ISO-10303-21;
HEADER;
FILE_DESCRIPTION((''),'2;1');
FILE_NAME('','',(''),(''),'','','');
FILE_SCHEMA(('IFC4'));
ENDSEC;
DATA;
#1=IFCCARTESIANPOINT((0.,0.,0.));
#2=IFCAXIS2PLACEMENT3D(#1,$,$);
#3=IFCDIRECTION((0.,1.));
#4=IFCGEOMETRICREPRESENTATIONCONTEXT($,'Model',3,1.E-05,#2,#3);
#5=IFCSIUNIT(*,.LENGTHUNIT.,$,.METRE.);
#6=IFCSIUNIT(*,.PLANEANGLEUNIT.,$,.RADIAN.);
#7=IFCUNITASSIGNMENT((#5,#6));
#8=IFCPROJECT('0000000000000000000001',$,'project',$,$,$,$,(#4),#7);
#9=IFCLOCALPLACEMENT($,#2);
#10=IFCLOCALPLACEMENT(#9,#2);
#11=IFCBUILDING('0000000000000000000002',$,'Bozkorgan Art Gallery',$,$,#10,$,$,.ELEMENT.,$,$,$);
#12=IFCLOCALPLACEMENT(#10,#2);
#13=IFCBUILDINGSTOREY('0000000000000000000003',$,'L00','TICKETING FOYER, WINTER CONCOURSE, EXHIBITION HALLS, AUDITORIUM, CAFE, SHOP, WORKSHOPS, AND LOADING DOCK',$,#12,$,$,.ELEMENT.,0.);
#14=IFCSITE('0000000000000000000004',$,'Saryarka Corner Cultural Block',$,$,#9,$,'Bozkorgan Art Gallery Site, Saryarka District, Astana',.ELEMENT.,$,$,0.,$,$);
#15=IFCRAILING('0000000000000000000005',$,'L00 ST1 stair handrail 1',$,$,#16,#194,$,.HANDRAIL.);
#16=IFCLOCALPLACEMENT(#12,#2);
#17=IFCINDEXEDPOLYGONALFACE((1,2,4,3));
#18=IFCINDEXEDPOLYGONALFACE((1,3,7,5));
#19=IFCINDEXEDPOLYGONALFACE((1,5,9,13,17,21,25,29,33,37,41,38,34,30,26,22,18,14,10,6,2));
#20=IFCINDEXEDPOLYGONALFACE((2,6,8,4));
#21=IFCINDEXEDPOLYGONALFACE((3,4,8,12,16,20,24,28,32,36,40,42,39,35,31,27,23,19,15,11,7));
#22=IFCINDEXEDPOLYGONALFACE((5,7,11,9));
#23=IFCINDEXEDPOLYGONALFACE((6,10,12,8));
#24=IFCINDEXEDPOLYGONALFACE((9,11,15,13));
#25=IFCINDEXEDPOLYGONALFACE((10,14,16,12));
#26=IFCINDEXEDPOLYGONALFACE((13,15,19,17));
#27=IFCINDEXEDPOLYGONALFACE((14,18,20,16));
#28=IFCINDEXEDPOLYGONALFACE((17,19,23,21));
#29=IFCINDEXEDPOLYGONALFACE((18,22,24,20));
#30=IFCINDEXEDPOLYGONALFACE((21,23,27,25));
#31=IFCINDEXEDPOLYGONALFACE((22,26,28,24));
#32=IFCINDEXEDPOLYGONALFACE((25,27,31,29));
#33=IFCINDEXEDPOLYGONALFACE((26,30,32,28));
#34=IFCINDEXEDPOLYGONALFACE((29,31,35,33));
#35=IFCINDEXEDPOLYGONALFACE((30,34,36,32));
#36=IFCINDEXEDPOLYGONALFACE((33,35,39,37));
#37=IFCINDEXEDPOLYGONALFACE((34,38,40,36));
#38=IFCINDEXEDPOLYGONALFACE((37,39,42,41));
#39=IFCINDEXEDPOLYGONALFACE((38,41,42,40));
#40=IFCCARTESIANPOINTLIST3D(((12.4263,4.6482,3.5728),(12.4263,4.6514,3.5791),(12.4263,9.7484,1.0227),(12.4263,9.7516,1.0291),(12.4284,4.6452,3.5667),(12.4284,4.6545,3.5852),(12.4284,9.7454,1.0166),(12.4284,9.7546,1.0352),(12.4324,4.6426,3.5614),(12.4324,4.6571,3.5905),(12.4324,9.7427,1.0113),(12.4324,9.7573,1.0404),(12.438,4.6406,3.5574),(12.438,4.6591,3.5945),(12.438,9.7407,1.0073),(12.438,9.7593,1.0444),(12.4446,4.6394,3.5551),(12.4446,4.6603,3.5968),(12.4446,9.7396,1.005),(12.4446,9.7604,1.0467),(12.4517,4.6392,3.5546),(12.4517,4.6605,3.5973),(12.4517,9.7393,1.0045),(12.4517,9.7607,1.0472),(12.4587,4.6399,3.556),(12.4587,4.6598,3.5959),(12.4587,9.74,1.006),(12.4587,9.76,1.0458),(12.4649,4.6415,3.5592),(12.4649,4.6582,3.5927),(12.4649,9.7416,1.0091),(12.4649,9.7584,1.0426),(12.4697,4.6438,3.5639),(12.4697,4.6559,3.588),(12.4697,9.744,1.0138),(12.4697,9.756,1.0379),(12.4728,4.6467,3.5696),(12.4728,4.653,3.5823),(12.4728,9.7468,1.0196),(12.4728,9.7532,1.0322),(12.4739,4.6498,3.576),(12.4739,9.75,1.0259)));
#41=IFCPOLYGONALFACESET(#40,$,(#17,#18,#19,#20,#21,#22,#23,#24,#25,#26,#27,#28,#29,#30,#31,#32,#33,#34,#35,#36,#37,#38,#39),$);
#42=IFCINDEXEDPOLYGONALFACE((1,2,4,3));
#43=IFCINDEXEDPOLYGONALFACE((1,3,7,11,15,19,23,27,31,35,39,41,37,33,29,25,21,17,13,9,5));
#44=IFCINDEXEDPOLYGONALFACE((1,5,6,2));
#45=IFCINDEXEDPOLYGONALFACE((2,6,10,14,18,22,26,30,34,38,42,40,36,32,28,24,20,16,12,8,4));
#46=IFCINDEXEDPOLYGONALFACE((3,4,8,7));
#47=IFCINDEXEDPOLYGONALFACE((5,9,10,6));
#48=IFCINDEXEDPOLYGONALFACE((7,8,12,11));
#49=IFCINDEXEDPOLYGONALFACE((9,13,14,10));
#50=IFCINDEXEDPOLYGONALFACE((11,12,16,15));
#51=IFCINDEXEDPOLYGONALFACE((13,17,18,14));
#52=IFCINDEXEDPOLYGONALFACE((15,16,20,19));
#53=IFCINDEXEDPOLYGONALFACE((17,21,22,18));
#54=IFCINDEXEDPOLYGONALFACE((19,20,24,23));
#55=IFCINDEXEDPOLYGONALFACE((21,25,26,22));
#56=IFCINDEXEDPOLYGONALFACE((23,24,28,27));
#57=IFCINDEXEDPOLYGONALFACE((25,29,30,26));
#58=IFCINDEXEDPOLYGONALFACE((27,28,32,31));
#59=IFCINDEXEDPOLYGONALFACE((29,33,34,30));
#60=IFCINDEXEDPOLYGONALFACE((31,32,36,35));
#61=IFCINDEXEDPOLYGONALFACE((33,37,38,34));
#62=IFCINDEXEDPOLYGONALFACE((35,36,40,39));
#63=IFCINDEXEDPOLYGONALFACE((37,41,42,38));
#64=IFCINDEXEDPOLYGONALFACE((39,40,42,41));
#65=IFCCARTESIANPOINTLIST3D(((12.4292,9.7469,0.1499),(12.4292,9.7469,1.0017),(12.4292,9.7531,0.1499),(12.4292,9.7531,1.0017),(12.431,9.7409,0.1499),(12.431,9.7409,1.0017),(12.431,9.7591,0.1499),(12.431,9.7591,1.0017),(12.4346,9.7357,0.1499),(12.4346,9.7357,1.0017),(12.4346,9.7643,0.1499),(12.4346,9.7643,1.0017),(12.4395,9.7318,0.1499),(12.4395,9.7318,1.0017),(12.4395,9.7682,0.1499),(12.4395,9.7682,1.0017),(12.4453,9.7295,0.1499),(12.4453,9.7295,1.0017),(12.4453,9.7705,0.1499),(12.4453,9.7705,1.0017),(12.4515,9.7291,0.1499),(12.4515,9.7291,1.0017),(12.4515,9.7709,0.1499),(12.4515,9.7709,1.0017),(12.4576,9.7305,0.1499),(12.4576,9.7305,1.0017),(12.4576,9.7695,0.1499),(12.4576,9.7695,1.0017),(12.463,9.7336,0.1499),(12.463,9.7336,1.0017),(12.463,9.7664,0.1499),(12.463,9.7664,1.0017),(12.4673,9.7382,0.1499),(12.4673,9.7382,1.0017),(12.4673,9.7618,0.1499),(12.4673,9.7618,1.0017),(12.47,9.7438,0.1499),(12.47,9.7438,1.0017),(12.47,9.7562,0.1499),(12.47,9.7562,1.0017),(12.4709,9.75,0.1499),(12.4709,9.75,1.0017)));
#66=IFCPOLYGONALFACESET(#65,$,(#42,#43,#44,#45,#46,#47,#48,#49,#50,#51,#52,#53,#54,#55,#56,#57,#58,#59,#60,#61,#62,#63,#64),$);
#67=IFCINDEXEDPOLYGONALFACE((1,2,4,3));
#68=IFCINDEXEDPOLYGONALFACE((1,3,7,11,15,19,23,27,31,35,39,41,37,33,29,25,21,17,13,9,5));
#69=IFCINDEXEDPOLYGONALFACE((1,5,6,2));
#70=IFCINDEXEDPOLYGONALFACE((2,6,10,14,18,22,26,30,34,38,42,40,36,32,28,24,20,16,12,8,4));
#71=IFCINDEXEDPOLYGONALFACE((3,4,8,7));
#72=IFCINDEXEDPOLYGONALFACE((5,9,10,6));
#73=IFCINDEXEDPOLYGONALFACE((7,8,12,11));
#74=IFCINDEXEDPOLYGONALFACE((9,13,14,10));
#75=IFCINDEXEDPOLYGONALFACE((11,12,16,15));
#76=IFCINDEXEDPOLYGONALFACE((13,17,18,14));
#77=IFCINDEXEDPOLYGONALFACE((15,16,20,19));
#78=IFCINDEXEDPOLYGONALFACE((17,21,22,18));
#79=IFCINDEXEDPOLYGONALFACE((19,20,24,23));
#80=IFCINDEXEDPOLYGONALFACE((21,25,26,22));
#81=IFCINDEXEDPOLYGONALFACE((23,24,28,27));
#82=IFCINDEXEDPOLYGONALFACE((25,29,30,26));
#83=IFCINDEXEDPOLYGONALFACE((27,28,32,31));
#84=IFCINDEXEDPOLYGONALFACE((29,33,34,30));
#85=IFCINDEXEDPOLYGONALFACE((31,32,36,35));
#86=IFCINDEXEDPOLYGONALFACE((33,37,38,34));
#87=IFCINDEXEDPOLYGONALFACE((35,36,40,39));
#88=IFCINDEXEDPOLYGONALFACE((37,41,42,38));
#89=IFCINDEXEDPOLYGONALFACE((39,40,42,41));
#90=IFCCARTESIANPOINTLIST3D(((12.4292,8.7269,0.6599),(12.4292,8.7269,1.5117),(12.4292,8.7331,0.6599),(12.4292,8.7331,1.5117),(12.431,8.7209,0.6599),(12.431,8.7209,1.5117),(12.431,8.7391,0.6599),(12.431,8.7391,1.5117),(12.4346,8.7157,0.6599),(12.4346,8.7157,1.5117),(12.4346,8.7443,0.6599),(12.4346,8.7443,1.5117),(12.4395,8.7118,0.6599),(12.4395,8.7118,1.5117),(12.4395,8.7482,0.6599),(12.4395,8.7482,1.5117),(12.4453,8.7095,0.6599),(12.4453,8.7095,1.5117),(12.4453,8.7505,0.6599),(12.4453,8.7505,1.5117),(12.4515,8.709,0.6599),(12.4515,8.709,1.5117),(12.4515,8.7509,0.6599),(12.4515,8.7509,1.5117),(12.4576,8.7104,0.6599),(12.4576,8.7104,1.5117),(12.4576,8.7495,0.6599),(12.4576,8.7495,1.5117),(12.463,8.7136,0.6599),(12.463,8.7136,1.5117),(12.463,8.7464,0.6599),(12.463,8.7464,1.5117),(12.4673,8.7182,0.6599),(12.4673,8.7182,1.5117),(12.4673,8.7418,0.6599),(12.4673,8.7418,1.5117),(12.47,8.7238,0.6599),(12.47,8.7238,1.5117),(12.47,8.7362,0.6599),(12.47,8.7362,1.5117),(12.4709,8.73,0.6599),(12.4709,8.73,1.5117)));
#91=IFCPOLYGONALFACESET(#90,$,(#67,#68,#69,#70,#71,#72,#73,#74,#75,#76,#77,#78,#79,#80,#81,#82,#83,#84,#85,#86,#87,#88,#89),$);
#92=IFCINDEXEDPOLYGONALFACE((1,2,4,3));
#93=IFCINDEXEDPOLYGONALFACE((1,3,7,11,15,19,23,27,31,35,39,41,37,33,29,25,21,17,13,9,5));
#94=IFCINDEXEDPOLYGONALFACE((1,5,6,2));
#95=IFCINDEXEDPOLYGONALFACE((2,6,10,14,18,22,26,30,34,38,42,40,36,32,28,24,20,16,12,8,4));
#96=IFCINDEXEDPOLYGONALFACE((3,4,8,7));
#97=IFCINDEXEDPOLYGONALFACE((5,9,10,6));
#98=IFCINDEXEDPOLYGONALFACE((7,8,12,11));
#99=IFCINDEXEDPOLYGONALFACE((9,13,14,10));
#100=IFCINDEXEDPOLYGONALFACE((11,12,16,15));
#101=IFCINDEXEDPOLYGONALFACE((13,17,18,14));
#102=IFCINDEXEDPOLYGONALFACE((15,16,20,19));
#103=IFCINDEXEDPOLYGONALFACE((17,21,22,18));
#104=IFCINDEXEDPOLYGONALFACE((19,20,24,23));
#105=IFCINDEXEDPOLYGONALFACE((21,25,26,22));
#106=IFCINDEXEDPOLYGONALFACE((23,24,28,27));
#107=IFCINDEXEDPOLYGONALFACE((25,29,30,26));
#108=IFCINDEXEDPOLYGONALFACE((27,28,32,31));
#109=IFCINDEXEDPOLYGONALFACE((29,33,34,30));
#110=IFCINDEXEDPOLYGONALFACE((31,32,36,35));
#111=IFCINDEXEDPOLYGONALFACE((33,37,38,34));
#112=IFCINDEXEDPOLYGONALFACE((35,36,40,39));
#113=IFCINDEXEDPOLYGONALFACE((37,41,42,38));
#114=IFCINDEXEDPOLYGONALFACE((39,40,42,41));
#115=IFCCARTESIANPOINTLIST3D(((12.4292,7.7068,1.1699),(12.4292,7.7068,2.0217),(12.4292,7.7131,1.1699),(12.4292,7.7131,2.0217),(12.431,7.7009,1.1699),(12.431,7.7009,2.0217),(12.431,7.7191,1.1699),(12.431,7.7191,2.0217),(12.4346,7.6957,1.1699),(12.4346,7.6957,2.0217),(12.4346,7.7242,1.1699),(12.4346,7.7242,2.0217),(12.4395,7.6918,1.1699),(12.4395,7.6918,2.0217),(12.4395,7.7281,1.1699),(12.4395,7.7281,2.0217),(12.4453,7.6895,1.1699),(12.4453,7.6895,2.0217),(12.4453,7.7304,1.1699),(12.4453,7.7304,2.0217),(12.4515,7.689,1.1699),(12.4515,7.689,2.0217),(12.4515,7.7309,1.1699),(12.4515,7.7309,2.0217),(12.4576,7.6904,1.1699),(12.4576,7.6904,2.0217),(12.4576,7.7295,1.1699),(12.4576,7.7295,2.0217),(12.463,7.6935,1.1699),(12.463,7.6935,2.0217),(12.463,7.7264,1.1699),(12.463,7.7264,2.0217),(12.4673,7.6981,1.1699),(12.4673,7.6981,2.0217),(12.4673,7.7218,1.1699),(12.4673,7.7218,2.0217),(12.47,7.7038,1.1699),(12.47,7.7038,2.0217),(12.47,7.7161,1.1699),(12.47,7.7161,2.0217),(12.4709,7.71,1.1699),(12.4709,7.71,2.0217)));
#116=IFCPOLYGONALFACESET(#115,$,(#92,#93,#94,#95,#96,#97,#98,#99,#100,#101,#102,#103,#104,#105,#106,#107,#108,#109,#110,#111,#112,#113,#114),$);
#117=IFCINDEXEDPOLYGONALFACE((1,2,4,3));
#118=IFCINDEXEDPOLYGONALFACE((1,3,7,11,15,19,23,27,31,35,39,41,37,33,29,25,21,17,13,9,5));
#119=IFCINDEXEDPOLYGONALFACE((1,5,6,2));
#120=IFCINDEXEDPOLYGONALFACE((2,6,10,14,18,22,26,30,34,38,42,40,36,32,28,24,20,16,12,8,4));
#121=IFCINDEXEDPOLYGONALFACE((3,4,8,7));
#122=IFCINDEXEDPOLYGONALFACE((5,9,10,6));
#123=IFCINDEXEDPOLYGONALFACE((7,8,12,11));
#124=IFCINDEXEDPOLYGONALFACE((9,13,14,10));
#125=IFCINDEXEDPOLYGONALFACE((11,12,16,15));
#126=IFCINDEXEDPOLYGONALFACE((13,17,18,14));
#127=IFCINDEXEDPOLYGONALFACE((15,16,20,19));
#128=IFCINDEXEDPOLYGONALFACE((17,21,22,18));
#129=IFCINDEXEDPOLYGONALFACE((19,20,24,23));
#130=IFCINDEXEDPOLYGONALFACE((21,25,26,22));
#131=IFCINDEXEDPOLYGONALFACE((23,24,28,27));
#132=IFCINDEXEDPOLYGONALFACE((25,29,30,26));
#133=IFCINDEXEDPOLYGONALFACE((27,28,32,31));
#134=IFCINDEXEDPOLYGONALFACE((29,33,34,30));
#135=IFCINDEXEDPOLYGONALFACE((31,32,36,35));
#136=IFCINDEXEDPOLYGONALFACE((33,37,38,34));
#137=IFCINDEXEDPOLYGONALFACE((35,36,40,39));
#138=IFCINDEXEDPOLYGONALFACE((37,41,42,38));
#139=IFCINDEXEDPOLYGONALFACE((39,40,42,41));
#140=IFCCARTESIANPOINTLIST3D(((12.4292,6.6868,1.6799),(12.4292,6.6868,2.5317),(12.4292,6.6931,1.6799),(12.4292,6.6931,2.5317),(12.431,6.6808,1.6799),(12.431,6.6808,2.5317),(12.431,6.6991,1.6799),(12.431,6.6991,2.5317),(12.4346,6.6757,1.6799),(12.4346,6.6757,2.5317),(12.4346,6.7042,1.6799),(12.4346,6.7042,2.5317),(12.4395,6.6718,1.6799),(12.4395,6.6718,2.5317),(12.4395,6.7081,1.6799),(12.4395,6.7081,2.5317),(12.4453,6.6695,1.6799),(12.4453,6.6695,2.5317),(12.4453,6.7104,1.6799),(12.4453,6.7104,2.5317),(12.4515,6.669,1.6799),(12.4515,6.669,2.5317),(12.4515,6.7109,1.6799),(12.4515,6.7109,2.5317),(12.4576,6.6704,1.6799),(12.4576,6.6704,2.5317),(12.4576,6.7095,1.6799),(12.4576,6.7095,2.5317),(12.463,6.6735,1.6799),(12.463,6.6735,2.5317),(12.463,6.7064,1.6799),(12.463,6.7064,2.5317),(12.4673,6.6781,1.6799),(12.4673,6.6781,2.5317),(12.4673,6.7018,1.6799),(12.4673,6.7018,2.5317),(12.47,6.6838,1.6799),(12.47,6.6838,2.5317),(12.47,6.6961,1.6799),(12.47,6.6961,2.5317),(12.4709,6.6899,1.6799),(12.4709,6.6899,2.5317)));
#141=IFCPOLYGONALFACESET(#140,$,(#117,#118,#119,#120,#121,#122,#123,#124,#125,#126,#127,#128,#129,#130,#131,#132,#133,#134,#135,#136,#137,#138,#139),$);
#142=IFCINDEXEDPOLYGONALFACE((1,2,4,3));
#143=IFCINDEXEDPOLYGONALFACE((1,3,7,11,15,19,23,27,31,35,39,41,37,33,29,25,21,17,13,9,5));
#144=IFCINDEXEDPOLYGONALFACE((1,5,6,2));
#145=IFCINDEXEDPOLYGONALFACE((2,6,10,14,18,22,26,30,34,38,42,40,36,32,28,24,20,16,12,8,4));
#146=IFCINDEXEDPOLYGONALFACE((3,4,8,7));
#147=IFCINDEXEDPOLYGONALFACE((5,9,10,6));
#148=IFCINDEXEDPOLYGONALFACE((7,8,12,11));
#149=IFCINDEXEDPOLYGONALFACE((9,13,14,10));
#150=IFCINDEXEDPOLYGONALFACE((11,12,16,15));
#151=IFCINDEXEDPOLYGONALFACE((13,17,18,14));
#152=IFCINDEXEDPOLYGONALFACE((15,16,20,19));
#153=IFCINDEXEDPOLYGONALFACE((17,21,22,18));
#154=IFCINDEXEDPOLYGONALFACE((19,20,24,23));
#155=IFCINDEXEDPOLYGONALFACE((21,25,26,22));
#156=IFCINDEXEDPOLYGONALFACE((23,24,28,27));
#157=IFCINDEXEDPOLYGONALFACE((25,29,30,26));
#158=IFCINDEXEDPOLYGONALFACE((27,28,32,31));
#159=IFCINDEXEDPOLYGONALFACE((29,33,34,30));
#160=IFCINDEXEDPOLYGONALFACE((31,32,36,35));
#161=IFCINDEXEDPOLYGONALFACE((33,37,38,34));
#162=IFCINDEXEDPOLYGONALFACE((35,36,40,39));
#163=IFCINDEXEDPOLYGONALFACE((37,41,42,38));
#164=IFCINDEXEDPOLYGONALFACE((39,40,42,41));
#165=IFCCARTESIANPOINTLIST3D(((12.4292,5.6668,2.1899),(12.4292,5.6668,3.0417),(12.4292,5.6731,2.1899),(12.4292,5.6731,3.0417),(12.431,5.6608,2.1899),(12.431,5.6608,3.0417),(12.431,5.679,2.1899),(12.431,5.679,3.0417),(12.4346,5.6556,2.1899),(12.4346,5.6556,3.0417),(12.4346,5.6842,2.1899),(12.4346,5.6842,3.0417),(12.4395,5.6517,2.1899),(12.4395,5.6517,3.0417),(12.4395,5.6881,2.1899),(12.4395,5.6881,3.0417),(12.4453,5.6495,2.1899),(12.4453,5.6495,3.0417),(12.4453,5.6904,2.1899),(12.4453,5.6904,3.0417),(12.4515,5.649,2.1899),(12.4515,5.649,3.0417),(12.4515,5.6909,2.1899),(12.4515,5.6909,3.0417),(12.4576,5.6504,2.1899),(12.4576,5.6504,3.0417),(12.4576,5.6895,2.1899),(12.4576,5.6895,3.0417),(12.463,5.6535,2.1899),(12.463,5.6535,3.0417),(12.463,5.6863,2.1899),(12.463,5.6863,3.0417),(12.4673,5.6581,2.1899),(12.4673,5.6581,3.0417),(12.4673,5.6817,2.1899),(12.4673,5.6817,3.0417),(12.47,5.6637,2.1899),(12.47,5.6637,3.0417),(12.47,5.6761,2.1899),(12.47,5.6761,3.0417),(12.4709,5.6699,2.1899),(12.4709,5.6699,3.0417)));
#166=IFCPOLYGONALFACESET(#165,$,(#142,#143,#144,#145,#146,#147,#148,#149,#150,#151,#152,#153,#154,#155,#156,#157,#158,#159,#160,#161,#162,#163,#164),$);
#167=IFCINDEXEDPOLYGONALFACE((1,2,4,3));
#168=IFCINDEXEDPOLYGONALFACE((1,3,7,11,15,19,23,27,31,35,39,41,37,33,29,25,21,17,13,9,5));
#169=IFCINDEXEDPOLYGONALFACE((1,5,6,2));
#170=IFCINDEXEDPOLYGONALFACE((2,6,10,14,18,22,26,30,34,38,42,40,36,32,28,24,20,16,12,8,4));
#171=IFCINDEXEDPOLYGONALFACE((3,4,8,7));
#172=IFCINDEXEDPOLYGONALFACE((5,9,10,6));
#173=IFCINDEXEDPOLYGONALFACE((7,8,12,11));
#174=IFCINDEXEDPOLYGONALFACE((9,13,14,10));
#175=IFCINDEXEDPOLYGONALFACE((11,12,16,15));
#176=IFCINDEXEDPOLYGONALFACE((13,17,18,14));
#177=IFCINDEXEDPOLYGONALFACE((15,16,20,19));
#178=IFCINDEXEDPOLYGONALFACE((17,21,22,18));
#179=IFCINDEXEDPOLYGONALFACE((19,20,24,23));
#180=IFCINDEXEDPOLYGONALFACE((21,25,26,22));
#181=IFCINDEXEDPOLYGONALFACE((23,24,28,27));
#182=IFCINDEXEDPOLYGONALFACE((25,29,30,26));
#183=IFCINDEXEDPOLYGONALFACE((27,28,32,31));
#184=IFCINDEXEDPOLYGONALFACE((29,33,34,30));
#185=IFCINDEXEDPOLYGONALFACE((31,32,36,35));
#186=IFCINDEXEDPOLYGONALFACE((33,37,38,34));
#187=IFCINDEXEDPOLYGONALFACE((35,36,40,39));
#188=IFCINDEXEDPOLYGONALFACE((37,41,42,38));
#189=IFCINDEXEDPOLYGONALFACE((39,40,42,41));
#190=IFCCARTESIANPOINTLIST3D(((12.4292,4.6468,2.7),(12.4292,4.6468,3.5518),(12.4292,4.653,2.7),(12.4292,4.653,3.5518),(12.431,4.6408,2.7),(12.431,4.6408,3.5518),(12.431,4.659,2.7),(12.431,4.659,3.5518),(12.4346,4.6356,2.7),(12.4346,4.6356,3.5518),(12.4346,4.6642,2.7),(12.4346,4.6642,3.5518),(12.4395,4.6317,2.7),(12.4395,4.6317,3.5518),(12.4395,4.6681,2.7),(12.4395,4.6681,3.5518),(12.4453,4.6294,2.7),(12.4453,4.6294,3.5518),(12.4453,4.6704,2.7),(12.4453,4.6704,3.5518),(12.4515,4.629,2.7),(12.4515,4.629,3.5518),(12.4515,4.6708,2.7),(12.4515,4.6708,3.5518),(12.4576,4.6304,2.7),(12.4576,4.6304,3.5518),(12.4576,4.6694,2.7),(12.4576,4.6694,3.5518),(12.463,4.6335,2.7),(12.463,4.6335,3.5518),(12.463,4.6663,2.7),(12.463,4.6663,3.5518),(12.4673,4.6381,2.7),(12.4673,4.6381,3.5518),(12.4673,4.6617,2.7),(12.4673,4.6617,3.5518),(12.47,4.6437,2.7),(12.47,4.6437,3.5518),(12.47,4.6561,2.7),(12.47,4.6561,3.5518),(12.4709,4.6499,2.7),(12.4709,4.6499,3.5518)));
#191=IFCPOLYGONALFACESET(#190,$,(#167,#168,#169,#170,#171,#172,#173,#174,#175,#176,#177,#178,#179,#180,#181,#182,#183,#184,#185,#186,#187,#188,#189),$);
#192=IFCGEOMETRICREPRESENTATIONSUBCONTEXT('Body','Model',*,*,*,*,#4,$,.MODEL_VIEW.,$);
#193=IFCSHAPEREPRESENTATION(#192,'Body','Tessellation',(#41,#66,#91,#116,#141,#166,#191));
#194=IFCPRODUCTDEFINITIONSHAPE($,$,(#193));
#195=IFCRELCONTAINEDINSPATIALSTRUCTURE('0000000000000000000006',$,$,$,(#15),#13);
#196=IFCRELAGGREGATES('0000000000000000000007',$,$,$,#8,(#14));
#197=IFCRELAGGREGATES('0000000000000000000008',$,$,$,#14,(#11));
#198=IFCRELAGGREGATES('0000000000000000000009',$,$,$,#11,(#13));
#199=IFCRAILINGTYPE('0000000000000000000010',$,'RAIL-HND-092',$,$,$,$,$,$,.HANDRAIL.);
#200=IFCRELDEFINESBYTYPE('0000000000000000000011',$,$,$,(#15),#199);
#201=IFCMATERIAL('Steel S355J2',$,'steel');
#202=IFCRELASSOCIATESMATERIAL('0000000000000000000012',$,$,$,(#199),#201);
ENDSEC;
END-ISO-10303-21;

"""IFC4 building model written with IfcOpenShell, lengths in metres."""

from ifc_helpers import new_model, si_unit, direction, frame, origin, origin_2d, place, context, subcontext, project, spatial, circle, extrude, material, type_object, element, save


model = new_model("IFC4")

# Units and contexts
model_context = context("Model", 3, precision=1e-05, world=origin(), true_north=direction((0.0, 1.0)))
body_context = subcontext(model_context, "Body", "Model", "MODEL_VIEW")
ifc_project = project(units=[si_unit("LENGTHUNIT", "METRE"), si_unit("PLANEANGLEUNIT", "RADIAN")], contexts=[model_context])

# Site, building, storey
site_placement = place(None, origin())
site = spatial("IfcSite", under=ifc_project, at=site_placement, Name="Saryarka Corner Cultural Block", LongName="Bozkorgan Art Gallery Site, Saryarka District, Astana", CompositionType="ELEMENT", RefElevation=0.0)
building_placement = place(site_placement, origin())
building = spatial("IfcBuilding", under=site, at=building_placement, Name="Bozkorgan Art Gallery", CompositionType="ELEMENT")
storey_placement = place(building_placement, origin())
storey = spatial("IfcBuildingStorey", under=building, at=storey_placement, Name="L00", Description="TICKETING FOYER, WINTER CONCOURSE, EXHIBITION HALLS, AUDITORIUM, CAFE, SHOP, WORKSHOPS, AND LOADING DOCK", CompositionType="ELEMENT", Elevation=0.0)

# Shared definitions
ifc_material_1 = material(Name="Steel S355J2", Category="steel")

# Railing
railing_type_1 = type_object("IfcRailingType", Name="RAIL-HND-092", PredefinedType="HANDRAIL", material=ifc_material_1)
railing_1_placement = place(storey_placement, frame((12.45, 9.75, 0.1499)))
element("IfcRailing", 1, at=railing_1_placement, inside=storey, type_object=railing_type_1, Name="L00 ST1 stair handrail 1", PredefinedType="HANDRAIL", context=body_context, shape_type="SweptSolid", body=[
    extrude(circle(Radius=0.0239, at=origin_2d()), frame((0.0, 0.0, 0.876), z_axis=(0.0, -0.894427, 0.447214), x_axis=(1.0, 0.0, 0.0)), (0.0, 0.0, 1.0), 5.7021),
    extrude(circle(Radius=0.021, at=origin_2d()), origin(), (0.0, 0.0, 1.0), 0.8518),
    extrude(circle(Radius=0.021, at=origin_2d()), frame((0.0, -1.02, 0.51)), (0.0, 0.0, 1.0), 0.8518),
    extrude(circle(Radius=0.021, at=origin_2d()), frame((0.0, -2.04, 1.02)), (0.0, 0.0, 1.0), 0.8518),
    extrude(circle(Radius=0.021, at=origin_2d()), frame((0.0, -3.0601, 1.53)), (0.0, 0.0, 1.0), 0.8518),
    extrude(circle(Radius=0.021, at=origin_2d()), frame((0.0, -4.0801, 2.04)), (0.0, 0.0, 1.0), 0.8518),
    extrude(circle(Radius=0.021, at=origin_2d()), frame((0.0, -5.1001, 2.55)), (0.0, 0.0, 1.0), 0.8518),
])

save(model, "model.ifc")
